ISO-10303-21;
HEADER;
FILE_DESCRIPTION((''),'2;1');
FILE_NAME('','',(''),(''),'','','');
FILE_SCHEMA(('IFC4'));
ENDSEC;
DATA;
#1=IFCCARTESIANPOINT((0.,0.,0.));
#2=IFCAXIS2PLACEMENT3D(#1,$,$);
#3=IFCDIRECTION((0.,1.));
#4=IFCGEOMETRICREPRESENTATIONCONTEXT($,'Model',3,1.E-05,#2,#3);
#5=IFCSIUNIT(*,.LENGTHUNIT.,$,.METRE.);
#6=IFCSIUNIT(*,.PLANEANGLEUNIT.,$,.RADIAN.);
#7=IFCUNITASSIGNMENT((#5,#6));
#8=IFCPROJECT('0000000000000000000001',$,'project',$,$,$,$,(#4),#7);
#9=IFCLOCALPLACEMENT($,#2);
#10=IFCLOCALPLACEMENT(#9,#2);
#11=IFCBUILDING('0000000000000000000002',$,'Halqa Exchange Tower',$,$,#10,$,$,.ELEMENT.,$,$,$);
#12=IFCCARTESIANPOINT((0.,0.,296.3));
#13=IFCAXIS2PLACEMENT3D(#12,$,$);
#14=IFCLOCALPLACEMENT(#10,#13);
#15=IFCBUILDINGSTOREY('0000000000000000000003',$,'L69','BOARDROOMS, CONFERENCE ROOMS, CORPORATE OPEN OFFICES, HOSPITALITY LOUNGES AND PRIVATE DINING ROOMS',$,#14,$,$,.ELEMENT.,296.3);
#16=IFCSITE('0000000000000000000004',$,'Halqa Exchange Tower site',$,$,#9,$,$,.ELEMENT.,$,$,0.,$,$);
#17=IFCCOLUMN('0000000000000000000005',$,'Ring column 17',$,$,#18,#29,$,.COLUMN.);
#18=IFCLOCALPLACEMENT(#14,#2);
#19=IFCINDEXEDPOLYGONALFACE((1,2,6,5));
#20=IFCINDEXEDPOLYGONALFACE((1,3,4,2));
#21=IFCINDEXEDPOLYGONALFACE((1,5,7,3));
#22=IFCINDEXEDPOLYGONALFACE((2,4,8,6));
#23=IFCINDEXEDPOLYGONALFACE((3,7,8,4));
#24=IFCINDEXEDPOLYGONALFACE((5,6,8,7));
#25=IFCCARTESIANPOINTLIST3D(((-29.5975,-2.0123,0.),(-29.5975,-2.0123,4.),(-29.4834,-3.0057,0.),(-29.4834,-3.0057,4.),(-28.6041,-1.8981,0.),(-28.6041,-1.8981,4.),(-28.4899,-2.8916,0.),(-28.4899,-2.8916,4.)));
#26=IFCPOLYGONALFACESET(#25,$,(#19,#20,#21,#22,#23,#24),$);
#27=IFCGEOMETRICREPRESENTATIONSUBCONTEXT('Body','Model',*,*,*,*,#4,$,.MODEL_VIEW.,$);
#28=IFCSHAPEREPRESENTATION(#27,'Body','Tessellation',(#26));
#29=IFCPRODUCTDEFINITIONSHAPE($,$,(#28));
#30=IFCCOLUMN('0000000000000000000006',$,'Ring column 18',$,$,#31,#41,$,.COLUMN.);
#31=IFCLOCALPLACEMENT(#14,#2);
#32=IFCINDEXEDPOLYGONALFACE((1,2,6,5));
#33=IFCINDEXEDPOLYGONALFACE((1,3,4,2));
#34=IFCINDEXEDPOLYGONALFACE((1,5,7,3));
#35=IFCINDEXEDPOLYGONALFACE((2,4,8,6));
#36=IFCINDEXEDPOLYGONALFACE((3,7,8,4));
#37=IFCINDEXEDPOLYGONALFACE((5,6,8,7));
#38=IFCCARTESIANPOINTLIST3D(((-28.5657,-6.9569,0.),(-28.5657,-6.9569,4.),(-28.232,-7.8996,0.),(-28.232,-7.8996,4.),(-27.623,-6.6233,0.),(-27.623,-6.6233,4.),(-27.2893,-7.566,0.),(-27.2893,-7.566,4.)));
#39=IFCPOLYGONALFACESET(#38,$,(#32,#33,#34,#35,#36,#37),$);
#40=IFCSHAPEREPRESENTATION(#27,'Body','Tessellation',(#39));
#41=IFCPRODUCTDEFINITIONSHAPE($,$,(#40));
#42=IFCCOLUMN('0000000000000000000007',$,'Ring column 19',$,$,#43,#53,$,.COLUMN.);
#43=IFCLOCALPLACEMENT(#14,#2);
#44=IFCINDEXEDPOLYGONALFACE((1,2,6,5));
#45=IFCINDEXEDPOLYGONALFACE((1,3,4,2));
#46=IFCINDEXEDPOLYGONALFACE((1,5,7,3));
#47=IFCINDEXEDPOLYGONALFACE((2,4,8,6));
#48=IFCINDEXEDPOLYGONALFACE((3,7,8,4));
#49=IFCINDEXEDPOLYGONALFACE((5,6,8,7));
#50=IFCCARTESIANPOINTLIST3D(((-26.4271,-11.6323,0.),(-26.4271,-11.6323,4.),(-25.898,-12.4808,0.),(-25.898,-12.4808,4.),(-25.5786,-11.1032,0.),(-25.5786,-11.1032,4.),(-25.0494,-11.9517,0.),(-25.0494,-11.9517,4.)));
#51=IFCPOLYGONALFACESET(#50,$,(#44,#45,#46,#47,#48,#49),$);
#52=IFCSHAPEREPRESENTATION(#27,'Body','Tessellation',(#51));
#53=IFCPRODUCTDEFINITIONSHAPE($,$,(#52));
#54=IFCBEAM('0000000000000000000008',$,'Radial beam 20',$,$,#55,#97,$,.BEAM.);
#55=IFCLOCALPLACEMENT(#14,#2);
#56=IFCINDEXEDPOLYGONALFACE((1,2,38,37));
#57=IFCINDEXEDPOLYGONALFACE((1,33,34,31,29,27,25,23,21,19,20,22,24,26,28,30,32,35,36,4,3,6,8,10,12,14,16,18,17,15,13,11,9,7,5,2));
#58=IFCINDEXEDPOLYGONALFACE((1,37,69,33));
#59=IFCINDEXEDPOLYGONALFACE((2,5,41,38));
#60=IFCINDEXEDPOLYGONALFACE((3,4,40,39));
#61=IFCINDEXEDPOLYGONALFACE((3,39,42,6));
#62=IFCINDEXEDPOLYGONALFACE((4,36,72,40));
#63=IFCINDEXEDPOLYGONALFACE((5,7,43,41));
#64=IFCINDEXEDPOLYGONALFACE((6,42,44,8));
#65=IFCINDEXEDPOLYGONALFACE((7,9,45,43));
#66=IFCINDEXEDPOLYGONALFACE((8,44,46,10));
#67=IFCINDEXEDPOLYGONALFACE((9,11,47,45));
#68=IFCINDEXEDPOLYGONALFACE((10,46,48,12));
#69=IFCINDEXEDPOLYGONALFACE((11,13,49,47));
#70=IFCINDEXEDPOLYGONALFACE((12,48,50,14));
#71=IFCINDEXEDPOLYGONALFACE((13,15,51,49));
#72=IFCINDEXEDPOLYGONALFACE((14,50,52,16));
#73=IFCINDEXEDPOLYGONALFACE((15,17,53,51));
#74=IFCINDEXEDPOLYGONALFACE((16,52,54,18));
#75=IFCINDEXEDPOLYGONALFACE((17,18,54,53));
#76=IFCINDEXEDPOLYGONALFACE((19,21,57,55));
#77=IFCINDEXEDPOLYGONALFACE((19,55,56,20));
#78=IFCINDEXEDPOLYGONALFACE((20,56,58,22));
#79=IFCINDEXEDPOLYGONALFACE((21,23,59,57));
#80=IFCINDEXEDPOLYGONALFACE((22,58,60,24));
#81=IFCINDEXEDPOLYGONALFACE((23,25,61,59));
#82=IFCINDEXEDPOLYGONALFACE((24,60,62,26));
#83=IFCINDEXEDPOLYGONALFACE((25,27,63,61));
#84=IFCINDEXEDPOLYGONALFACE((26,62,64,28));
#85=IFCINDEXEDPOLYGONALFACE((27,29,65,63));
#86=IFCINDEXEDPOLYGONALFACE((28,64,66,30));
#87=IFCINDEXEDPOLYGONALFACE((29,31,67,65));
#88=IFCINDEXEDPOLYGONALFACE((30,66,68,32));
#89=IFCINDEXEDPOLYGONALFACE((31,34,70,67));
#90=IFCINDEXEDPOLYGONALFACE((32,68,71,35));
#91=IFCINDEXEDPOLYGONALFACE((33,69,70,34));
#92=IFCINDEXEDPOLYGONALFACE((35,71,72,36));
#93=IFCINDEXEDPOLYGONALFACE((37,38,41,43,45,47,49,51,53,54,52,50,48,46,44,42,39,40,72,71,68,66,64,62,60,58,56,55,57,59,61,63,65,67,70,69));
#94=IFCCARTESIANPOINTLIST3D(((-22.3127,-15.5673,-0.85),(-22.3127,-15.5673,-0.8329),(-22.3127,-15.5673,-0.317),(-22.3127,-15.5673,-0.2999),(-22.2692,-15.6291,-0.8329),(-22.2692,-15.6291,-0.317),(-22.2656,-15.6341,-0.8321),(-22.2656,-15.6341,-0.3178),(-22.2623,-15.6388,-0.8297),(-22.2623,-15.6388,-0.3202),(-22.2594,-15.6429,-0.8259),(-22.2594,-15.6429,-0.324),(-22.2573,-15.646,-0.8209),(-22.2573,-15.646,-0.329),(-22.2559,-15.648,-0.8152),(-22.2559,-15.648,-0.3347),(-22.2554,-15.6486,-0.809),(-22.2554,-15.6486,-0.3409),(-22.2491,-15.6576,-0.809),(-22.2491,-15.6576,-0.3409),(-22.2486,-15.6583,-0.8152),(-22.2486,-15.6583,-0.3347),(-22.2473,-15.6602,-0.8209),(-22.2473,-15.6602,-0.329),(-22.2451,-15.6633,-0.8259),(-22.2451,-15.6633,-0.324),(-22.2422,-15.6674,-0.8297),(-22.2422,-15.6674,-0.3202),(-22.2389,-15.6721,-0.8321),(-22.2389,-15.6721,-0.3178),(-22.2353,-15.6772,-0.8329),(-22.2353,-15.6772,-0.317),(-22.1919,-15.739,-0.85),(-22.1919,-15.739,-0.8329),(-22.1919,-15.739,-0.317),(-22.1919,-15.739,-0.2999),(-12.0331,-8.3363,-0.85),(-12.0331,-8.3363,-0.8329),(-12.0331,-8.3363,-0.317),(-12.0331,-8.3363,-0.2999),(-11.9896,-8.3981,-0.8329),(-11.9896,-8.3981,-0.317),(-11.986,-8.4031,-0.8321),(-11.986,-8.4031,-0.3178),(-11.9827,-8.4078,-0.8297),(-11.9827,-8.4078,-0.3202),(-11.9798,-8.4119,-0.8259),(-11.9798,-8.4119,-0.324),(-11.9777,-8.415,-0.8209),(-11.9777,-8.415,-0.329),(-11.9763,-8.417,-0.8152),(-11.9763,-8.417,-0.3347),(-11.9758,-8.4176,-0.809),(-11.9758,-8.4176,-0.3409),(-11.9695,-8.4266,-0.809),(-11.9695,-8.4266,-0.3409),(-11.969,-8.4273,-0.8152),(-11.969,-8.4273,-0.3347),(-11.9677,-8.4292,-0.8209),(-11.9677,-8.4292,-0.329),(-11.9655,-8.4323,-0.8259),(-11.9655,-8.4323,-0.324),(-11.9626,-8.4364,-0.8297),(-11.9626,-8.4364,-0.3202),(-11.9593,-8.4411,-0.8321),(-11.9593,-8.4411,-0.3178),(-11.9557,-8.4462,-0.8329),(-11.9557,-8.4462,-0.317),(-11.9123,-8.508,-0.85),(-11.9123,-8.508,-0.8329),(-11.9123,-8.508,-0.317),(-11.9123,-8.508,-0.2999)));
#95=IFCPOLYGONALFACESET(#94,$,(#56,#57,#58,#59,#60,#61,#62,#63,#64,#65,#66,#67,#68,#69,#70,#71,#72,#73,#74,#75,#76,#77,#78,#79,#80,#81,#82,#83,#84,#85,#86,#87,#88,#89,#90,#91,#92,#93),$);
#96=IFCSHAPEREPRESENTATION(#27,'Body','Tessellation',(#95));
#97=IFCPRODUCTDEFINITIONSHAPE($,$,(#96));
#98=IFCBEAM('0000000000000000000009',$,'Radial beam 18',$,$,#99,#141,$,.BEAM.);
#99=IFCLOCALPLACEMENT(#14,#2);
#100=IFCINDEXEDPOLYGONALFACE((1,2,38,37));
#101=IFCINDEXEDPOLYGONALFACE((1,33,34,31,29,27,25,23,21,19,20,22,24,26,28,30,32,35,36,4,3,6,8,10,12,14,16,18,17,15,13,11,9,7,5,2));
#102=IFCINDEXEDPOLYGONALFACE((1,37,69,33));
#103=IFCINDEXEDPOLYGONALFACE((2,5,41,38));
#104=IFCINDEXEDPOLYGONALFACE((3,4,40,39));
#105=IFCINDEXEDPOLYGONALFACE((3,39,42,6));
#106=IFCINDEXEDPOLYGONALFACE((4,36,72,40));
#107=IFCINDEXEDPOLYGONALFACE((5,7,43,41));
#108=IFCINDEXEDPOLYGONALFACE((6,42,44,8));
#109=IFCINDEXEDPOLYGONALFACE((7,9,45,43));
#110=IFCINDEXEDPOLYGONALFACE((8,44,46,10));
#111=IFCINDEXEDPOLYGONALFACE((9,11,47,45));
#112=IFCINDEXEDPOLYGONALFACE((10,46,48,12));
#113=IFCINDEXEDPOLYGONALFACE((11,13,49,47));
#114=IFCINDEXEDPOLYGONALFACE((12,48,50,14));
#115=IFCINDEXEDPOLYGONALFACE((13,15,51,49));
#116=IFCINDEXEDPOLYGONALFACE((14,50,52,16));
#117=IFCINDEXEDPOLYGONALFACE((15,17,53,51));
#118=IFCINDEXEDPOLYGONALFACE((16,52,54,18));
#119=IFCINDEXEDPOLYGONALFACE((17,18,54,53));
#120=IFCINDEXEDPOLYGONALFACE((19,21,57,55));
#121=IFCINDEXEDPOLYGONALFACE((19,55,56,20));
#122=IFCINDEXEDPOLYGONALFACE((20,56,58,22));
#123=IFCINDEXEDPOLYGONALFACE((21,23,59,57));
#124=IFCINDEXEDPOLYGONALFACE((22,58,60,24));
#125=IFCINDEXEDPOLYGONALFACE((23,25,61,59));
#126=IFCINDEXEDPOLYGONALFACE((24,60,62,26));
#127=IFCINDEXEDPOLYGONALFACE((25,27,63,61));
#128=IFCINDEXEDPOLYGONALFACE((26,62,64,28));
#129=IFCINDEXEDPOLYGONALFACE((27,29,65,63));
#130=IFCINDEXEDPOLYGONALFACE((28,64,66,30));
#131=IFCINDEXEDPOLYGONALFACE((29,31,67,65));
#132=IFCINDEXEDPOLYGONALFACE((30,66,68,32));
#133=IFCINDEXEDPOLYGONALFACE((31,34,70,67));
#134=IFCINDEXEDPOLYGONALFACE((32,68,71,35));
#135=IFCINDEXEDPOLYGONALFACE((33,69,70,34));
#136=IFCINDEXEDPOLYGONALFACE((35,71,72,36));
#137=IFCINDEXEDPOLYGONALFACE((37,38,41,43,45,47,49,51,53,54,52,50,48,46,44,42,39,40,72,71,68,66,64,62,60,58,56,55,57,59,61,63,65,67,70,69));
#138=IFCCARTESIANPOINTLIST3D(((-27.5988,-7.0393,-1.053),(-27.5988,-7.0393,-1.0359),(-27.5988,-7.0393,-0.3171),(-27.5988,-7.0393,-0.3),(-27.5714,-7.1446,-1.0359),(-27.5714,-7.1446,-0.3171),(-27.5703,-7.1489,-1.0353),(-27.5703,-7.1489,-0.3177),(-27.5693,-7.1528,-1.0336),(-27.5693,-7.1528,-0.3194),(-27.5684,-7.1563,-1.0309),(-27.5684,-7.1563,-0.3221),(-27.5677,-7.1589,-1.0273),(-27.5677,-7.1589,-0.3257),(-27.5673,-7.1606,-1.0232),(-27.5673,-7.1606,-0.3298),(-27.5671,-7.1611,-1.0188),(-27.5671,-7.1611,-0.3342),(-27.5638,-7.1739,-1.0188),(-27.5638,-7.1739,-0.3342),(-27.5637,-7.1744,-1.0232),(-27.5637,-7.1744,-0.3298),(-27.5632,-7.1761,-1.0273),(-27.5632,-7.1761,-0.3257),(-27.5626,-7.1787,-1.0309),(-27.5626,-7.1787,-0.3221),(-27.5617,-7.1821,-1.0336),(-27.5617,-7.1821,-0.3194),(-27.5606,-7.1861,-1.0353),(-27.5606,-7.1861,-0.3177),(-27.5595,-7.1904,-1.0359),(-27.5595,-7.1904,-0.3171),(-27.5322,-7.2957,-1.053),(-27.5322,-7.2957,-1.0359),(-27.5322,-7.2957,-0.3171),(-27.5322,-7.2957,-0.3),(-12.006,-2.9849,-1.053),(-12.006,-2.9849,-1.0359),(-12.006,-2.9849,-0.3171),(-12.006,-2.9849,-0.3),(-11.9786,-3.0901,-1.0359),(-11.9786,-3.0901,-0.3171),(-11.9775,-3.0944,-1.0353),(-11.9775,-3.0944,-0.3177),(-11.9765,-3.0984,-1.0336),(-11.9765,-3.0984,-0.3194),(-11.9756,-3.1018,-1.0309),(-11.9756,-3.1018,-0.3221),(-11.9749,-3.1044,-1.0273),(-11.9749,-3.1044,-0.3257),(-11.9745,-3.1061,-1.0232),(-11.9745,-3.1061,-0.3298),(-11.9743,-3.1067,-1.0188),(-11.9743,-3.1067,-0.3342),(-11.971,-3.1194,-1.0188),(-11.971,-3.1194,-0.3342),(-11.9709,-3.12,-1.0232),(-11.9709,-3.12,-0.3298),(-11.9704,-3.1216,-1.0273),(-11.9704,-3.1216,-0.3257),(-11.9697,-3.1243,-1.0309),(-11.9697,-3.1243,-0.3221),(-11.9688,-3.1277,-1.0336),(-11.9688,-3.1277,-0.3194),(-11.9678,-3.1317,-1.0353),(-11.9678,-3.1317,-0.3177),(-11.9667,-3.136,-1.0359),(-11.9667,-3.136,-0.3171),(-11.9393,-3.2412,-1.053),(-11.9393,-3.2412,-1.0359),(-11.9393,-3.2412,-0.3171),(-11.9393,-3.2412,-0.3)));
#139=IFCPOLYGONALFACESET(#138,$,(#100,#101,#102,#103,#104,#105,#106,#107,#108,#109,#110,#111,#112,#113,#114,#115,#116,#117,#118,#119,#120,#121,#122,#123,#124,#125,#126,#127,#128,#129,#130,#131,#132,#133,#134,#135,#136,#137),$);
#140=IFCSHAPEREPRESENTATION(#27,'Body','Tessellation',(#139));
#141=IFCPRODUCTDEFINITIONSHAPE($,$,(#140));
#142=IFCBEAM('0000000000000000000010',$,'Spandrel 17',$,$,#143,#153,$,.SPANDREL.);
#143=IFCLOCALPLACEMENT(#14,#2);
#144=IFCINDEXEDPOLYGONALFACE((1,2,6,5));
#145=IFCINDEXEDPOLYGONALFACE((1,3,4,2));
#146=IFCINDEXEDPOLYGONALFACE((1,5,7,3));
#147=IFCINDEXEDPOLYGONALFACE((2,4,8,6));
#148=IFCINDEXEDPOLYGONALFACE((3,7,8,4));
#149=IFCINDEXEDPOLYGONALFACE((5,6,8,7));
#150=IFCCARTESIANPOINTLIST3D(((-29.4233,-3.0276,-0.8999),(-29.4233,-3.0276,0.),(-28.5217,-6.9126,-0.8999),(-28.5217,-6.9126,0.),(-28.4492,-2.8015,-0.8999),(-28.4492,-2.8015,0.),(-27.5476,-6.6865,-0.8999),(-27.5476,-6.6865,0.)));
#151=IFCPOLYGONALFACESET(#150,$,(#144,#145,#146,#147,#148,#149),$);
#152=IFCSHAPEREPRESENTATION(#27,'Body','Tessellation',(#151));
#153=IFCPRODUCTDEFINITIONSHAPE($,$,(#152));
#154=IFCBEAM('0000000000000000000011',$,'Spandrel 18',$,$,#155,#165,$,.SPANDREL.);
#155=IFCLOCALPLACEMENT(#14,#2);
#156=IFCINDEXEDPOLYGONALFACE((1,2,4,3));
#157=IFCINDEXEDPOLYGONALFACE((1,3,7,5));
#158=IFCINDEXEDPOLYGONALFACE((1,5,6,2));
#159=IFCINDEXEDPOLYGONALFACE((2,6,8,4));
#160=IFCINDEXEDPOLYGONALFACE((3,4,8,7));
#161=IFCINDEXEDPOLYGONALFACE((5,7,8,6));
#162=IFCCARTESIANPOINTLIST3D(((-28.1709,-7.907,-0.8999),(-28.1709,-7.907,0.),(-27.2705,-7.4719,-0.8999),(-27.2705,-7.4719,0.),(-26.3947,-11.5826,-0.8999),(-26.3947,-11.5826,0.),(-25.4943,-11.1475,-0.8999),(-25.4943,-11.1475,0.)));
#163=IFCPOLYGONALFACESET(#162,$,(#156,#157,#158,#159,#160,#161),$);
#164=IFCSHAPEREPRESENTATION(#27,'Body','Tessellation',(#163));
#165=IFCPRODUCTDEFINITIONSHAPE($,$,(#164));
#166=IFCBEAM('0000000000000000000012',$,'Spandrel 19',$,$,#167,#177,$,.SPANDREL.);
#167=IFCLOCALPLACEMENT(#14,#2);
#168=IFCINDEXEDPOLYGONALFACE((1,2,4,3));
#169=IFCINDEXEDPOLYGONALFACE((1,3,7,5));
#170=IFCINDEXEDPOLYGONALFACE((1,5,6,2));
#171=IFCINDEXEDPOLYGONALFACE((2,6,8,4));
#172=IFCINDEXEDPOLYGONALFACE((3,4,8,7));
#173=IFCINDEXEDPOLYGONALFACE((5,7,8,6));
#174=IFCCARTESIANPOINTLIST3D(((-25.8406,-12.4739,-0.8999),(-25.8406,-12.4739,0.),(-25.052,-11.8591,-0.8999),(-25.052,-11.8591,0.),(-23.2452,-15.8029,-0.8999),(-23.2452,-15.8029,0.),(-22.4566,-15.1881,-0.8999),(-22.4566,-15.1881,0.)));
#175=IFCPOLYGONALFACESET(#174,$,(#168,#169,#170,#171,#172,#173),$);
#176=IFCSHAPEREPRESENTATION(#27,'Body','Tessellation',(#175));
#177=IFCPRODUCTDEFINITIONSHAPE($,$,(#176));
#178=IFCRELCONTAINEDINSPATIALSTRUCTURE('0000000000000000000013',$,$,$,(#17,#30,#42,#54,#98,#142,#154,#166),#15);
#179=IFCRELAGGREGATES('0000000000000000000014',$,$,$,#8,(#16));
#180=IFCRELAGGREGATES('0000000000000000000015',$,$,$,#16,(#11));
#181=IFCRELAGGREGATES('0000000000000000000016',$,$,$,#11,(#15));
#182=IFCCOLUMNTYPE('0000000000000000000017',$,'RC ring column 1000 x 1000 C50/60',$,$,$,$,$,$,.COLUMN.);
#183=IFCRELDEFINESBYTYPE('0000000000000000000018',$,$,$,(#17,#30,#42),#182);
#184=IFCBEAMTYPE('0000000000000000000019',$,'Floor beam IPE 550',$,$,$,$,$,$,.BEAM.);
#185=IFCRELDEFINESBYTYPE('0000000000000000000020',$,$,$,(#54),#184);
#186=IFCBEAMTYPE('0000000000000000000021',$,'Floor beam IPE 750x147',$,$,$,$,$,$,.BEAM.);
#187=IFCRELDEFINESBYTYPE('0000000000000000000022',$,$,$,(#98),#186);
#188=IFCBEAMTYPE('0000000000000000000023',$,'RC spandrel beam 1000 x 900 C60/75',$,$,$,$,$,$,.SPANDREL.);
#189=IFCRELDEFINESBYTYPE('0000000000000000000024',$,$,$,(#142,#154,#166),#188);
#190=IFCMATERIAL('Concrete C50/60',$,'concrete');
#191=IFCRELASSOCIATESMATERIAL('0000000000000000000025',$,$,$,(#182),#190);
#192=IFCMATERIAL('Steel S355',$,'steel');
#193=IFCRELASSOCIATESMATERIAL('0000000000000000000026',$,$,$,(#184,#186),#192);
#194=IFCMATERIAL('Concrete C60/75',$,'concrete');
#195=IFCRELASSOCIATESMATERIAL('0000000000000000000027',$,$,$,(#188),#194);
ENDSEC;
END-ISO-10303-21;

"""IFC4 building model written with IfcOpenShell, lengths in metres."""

from ifc_helpers import new_model, si_unit, direction, frame, origin, origin_2d, place, context, subcontext, project, spatial, rectangle, i_section, extrude, material, material_profile, profile_set, type_object, element, save


model = new_model("IFC4")

# Units and contexts
model_context = context("Model", 3, precision=1e-05, world=origin(), true_north=direction((0.0, 1.0)))
body_context = subcontext(model_context, "Body", "Model", "MODEL_VIEW")
ifc_project = project(units=[si_unit("LENGTHUNIT", "METRE"), si_unit("PLANEANGLEUNIT", "RADIAN")], contexts=[model_context])

# Site, building, storey
site_placement = place(None, origin())
site = spatial("IfcSite", under=ifc_project, at=site_placement, Name="Halqa Exchange Tower site", CompositionType="ELEMENT", RefElevation=0.0)
building_placement = place(site_placement, origin())
building = spatial("IfcBuilding", under=site, at=building_placement, Name="Halqa Exchange Tower", CompositionType="ELEMENT")
storey_placement = place(building_placement, frame((0.0, 0.0, 296.3)))
storey = spatial("IfcBuildingStorey", under=building, at=storey_placement, Name="L69", Description="BOARDROOMS, CONFERENCE ROOMS, CORPORATE OPEN OFFICES, HOSPITALITY LOUNGES AND PRIVATE DINING ROOMS", CompositionType="ELEMENT", Elevation=296.3)

# Columns
ifc_material_1 = material(Name="Concrete C50/60", Category="concrete")
ifc_material_profile_1 = material_profile(ifc_material_1, rectangle(XDim=1.0, YDim=1.0, at=origin_2d()), Name="1000 x 1000")
ifc_profile_set_1 = profile_set([ifc_material_profile_1], Name="Concrete C50/60")
column_type = type_object("IfcColumnType", Name="RC ring column 1000 x 1000 C50/60", PredefinedType="COLUMN", material=ifc_profile_set_1)
for number, where, z_axis, x_axis, name in (
    (1, (-29.0437, -2.4519, 0.0), (0.0, 0.0, 1.0), (0.114162, -0.993462, 0.0), "Ring column 17"),
    (2, (-27.9275, -7.2615, 0.0), (0.0, 0.0, 1.0), (0.333628, -0.942705, 0.0), "Ring column 18"),
    (3, (-25.7383, -11.792, 0.0), (0.0, 0.0, 1.0), (0.529142, -0.848533, 0.0), "Ring column 19"),
):
    element("IfcColumn", number, at=place(storey_placement, frame(where, z_axis=z_axis, x_axis=x_axis)), inside=storey, type_object=column_type, Name=name, PredefinedType="COLUMN", context=body_context, shape_type="SweptSolid", body=[
        extrude(rectangle(XDim=1.0, YDim=1.0, at=origin_2d()), origin(), (0.0, 0.0, 1.0), 4.0),
    ])

# Beams
ifc_material_2 = material(Name="Steel S355", Category="steel")
ifc_material_profile_2 = material_profile(ifc_material_2, i_section(OverallWidth=0.21, OverallDepth=0.55, WebThickness=0.011, FlangeThickness=0.0171, FilletRadius=0.0239, at=origin_2d()), Name="IPE 550")
ifc_profile_set_2 = profile_set([ifc_material_profile_2], Name="Steel S355")
beam_type_1 = type_object("IfcBeamType", Name="Floor beam IPE 550", PredefinedType="BEAM", material=ifc_profile_set_2)
beam_1_placement = place(storey_placement, frame((-11.9727, -8.4221, -0.575), z_axis=(-0.817911, -0.575345, 0.0), x_axis=(0.575345, -0.817911, 0.0)))
element("IfcBeam", 4, at=beam_1_placement, inside=storey, type_object=beam_type_1, Name="Radial beam 20", PredefinedType="BEAM", context=body_context, shape_type="SweptSolid", body=[
    extrude(i_section(OverallWidth=0.21, OverallDepth=0.55, WebThickness=0.011, FlangeThickness=0.0171, FilletRadius=0.0239, at=origin_2d()), origin(), (0.0, 0.0, 1.0), 12.5681),
])
ifc_material_profile_3 = material_profile(ifc_material_2, i_section(OverallWidth=0.2649, OverallDepth=0.7529, WebThickness=0.0132, FlangeThickness=0.0171, FilletRadius=0.0171, at=origin_2d()), Name="IPE 750x147")
ifc_profile_set_3 = profile_set([ifc_material_profile_3], Name="Steel S355")
beam_type_2 = type_object("IfcBeamType", Name="Floor beam IPE 750x147", PredefinedType="BEAM", material=ifc_profile_set_3)
beam_2_placement = place(storey_placement, frame((-11.9727, -3.113, -0.6765), z_axis=(-0.967818, -0.251653, 0.0), x_axis=(0.251653, -0.967818, 0.0)))
element("IfcBeam", 5, at=beam_2_placement, inside=storey, type_object=beam_type_2, Name="Radial beam 18", PredefinedType="BEAM", context=body_context, shape_type="SweptSolid", body=[
    extrude(i_section(OverallWidth=0.2649, OverallDepth=0.7529, WebThickness=0.0132, FlangeThickness=0.0171, FilletRadius=0.0171, at=origin_2d()), origin(), (0.0, 0.0, 1.0), 16.1113),
])
ifc_material_3 = material(Name="Concrete C60/75", Category="concrete")
ifc_material_profile_4 = material_profile(ifc_material_3, rectangle(XDim=1.0, YDim=0.8999, at=origin_2d()), Name="1000 x 900")
ifc_profile_set_4 = profile_set([ifc_material_profile_4], Name="Concrete C60/75")
beam_type_3 = type_object("IfcBeamType", Name="RC spandrel beam 1000 x 900 C60/75", PredefinedType="SPANDREL", material=ifc_profile_set_4)
beam_3_placement = place(storey_placement, frame((-28.9363, -2.9146, -0.45), z_axis=(0.226066, -0.974112, 0.0), x_axis=(0.974112, 0.226066, 0.0)))
element("IfcBeam", 6, at=beam_3_placement, inside=storey, type_object=beam_type_3, Name="Spandrel 17", PredefinedType="SPANDREL", context=body_context, shape_type="SweptSolid", body=[
    extrude(rectangle(XDim=1.0, YDim=0.8999, at=origin_2d()), origin(), (0.0, 0.0, 1.0), 3.9883),
])
beam_4_placement = place(storey_placement, frame((-27.7207, -7.6895, -0.45), z_axis=(0.435092, -0.900386, 0.0), x_axis=(0.900386, 0.435092, 0.0)))
element("IfcBeam", 7, at=beam_4_placement, inside=storey, type_object=beam_type_3, Name="Spandrel 18", PredefinedType="SPANDREL", context=body_context, shape_type="SweptSolid", body=[
    extrude(rectangle(XDim=1.0, YDim=0.8999, at=origin_2d()), origin(), (0.0, 0.0, 1.0), 4.0823),
])
beam_5_placement = place(storey_placement, frame((-25.4463, -12.1665, -0.45), z_axis=(0.614849, -0.788645, 0.0), x_axis=(0.788645, 0.614849, 0.0)))
element("IfcBeam", 8, at=beam_5_placement, inside=storey, type_object=beam_type_3, Name="Spandrel 19", PredefinedType="SPANDREL", context=body_context, shape_type="SweptSolid", body=[
    extrude(rectangle(XDim=1.0, YDim=0.8999, at=origin_2d()), origin(), (0.0, 0.0, 1.0), 4.2212),
])

save(model, "model.ifc")
